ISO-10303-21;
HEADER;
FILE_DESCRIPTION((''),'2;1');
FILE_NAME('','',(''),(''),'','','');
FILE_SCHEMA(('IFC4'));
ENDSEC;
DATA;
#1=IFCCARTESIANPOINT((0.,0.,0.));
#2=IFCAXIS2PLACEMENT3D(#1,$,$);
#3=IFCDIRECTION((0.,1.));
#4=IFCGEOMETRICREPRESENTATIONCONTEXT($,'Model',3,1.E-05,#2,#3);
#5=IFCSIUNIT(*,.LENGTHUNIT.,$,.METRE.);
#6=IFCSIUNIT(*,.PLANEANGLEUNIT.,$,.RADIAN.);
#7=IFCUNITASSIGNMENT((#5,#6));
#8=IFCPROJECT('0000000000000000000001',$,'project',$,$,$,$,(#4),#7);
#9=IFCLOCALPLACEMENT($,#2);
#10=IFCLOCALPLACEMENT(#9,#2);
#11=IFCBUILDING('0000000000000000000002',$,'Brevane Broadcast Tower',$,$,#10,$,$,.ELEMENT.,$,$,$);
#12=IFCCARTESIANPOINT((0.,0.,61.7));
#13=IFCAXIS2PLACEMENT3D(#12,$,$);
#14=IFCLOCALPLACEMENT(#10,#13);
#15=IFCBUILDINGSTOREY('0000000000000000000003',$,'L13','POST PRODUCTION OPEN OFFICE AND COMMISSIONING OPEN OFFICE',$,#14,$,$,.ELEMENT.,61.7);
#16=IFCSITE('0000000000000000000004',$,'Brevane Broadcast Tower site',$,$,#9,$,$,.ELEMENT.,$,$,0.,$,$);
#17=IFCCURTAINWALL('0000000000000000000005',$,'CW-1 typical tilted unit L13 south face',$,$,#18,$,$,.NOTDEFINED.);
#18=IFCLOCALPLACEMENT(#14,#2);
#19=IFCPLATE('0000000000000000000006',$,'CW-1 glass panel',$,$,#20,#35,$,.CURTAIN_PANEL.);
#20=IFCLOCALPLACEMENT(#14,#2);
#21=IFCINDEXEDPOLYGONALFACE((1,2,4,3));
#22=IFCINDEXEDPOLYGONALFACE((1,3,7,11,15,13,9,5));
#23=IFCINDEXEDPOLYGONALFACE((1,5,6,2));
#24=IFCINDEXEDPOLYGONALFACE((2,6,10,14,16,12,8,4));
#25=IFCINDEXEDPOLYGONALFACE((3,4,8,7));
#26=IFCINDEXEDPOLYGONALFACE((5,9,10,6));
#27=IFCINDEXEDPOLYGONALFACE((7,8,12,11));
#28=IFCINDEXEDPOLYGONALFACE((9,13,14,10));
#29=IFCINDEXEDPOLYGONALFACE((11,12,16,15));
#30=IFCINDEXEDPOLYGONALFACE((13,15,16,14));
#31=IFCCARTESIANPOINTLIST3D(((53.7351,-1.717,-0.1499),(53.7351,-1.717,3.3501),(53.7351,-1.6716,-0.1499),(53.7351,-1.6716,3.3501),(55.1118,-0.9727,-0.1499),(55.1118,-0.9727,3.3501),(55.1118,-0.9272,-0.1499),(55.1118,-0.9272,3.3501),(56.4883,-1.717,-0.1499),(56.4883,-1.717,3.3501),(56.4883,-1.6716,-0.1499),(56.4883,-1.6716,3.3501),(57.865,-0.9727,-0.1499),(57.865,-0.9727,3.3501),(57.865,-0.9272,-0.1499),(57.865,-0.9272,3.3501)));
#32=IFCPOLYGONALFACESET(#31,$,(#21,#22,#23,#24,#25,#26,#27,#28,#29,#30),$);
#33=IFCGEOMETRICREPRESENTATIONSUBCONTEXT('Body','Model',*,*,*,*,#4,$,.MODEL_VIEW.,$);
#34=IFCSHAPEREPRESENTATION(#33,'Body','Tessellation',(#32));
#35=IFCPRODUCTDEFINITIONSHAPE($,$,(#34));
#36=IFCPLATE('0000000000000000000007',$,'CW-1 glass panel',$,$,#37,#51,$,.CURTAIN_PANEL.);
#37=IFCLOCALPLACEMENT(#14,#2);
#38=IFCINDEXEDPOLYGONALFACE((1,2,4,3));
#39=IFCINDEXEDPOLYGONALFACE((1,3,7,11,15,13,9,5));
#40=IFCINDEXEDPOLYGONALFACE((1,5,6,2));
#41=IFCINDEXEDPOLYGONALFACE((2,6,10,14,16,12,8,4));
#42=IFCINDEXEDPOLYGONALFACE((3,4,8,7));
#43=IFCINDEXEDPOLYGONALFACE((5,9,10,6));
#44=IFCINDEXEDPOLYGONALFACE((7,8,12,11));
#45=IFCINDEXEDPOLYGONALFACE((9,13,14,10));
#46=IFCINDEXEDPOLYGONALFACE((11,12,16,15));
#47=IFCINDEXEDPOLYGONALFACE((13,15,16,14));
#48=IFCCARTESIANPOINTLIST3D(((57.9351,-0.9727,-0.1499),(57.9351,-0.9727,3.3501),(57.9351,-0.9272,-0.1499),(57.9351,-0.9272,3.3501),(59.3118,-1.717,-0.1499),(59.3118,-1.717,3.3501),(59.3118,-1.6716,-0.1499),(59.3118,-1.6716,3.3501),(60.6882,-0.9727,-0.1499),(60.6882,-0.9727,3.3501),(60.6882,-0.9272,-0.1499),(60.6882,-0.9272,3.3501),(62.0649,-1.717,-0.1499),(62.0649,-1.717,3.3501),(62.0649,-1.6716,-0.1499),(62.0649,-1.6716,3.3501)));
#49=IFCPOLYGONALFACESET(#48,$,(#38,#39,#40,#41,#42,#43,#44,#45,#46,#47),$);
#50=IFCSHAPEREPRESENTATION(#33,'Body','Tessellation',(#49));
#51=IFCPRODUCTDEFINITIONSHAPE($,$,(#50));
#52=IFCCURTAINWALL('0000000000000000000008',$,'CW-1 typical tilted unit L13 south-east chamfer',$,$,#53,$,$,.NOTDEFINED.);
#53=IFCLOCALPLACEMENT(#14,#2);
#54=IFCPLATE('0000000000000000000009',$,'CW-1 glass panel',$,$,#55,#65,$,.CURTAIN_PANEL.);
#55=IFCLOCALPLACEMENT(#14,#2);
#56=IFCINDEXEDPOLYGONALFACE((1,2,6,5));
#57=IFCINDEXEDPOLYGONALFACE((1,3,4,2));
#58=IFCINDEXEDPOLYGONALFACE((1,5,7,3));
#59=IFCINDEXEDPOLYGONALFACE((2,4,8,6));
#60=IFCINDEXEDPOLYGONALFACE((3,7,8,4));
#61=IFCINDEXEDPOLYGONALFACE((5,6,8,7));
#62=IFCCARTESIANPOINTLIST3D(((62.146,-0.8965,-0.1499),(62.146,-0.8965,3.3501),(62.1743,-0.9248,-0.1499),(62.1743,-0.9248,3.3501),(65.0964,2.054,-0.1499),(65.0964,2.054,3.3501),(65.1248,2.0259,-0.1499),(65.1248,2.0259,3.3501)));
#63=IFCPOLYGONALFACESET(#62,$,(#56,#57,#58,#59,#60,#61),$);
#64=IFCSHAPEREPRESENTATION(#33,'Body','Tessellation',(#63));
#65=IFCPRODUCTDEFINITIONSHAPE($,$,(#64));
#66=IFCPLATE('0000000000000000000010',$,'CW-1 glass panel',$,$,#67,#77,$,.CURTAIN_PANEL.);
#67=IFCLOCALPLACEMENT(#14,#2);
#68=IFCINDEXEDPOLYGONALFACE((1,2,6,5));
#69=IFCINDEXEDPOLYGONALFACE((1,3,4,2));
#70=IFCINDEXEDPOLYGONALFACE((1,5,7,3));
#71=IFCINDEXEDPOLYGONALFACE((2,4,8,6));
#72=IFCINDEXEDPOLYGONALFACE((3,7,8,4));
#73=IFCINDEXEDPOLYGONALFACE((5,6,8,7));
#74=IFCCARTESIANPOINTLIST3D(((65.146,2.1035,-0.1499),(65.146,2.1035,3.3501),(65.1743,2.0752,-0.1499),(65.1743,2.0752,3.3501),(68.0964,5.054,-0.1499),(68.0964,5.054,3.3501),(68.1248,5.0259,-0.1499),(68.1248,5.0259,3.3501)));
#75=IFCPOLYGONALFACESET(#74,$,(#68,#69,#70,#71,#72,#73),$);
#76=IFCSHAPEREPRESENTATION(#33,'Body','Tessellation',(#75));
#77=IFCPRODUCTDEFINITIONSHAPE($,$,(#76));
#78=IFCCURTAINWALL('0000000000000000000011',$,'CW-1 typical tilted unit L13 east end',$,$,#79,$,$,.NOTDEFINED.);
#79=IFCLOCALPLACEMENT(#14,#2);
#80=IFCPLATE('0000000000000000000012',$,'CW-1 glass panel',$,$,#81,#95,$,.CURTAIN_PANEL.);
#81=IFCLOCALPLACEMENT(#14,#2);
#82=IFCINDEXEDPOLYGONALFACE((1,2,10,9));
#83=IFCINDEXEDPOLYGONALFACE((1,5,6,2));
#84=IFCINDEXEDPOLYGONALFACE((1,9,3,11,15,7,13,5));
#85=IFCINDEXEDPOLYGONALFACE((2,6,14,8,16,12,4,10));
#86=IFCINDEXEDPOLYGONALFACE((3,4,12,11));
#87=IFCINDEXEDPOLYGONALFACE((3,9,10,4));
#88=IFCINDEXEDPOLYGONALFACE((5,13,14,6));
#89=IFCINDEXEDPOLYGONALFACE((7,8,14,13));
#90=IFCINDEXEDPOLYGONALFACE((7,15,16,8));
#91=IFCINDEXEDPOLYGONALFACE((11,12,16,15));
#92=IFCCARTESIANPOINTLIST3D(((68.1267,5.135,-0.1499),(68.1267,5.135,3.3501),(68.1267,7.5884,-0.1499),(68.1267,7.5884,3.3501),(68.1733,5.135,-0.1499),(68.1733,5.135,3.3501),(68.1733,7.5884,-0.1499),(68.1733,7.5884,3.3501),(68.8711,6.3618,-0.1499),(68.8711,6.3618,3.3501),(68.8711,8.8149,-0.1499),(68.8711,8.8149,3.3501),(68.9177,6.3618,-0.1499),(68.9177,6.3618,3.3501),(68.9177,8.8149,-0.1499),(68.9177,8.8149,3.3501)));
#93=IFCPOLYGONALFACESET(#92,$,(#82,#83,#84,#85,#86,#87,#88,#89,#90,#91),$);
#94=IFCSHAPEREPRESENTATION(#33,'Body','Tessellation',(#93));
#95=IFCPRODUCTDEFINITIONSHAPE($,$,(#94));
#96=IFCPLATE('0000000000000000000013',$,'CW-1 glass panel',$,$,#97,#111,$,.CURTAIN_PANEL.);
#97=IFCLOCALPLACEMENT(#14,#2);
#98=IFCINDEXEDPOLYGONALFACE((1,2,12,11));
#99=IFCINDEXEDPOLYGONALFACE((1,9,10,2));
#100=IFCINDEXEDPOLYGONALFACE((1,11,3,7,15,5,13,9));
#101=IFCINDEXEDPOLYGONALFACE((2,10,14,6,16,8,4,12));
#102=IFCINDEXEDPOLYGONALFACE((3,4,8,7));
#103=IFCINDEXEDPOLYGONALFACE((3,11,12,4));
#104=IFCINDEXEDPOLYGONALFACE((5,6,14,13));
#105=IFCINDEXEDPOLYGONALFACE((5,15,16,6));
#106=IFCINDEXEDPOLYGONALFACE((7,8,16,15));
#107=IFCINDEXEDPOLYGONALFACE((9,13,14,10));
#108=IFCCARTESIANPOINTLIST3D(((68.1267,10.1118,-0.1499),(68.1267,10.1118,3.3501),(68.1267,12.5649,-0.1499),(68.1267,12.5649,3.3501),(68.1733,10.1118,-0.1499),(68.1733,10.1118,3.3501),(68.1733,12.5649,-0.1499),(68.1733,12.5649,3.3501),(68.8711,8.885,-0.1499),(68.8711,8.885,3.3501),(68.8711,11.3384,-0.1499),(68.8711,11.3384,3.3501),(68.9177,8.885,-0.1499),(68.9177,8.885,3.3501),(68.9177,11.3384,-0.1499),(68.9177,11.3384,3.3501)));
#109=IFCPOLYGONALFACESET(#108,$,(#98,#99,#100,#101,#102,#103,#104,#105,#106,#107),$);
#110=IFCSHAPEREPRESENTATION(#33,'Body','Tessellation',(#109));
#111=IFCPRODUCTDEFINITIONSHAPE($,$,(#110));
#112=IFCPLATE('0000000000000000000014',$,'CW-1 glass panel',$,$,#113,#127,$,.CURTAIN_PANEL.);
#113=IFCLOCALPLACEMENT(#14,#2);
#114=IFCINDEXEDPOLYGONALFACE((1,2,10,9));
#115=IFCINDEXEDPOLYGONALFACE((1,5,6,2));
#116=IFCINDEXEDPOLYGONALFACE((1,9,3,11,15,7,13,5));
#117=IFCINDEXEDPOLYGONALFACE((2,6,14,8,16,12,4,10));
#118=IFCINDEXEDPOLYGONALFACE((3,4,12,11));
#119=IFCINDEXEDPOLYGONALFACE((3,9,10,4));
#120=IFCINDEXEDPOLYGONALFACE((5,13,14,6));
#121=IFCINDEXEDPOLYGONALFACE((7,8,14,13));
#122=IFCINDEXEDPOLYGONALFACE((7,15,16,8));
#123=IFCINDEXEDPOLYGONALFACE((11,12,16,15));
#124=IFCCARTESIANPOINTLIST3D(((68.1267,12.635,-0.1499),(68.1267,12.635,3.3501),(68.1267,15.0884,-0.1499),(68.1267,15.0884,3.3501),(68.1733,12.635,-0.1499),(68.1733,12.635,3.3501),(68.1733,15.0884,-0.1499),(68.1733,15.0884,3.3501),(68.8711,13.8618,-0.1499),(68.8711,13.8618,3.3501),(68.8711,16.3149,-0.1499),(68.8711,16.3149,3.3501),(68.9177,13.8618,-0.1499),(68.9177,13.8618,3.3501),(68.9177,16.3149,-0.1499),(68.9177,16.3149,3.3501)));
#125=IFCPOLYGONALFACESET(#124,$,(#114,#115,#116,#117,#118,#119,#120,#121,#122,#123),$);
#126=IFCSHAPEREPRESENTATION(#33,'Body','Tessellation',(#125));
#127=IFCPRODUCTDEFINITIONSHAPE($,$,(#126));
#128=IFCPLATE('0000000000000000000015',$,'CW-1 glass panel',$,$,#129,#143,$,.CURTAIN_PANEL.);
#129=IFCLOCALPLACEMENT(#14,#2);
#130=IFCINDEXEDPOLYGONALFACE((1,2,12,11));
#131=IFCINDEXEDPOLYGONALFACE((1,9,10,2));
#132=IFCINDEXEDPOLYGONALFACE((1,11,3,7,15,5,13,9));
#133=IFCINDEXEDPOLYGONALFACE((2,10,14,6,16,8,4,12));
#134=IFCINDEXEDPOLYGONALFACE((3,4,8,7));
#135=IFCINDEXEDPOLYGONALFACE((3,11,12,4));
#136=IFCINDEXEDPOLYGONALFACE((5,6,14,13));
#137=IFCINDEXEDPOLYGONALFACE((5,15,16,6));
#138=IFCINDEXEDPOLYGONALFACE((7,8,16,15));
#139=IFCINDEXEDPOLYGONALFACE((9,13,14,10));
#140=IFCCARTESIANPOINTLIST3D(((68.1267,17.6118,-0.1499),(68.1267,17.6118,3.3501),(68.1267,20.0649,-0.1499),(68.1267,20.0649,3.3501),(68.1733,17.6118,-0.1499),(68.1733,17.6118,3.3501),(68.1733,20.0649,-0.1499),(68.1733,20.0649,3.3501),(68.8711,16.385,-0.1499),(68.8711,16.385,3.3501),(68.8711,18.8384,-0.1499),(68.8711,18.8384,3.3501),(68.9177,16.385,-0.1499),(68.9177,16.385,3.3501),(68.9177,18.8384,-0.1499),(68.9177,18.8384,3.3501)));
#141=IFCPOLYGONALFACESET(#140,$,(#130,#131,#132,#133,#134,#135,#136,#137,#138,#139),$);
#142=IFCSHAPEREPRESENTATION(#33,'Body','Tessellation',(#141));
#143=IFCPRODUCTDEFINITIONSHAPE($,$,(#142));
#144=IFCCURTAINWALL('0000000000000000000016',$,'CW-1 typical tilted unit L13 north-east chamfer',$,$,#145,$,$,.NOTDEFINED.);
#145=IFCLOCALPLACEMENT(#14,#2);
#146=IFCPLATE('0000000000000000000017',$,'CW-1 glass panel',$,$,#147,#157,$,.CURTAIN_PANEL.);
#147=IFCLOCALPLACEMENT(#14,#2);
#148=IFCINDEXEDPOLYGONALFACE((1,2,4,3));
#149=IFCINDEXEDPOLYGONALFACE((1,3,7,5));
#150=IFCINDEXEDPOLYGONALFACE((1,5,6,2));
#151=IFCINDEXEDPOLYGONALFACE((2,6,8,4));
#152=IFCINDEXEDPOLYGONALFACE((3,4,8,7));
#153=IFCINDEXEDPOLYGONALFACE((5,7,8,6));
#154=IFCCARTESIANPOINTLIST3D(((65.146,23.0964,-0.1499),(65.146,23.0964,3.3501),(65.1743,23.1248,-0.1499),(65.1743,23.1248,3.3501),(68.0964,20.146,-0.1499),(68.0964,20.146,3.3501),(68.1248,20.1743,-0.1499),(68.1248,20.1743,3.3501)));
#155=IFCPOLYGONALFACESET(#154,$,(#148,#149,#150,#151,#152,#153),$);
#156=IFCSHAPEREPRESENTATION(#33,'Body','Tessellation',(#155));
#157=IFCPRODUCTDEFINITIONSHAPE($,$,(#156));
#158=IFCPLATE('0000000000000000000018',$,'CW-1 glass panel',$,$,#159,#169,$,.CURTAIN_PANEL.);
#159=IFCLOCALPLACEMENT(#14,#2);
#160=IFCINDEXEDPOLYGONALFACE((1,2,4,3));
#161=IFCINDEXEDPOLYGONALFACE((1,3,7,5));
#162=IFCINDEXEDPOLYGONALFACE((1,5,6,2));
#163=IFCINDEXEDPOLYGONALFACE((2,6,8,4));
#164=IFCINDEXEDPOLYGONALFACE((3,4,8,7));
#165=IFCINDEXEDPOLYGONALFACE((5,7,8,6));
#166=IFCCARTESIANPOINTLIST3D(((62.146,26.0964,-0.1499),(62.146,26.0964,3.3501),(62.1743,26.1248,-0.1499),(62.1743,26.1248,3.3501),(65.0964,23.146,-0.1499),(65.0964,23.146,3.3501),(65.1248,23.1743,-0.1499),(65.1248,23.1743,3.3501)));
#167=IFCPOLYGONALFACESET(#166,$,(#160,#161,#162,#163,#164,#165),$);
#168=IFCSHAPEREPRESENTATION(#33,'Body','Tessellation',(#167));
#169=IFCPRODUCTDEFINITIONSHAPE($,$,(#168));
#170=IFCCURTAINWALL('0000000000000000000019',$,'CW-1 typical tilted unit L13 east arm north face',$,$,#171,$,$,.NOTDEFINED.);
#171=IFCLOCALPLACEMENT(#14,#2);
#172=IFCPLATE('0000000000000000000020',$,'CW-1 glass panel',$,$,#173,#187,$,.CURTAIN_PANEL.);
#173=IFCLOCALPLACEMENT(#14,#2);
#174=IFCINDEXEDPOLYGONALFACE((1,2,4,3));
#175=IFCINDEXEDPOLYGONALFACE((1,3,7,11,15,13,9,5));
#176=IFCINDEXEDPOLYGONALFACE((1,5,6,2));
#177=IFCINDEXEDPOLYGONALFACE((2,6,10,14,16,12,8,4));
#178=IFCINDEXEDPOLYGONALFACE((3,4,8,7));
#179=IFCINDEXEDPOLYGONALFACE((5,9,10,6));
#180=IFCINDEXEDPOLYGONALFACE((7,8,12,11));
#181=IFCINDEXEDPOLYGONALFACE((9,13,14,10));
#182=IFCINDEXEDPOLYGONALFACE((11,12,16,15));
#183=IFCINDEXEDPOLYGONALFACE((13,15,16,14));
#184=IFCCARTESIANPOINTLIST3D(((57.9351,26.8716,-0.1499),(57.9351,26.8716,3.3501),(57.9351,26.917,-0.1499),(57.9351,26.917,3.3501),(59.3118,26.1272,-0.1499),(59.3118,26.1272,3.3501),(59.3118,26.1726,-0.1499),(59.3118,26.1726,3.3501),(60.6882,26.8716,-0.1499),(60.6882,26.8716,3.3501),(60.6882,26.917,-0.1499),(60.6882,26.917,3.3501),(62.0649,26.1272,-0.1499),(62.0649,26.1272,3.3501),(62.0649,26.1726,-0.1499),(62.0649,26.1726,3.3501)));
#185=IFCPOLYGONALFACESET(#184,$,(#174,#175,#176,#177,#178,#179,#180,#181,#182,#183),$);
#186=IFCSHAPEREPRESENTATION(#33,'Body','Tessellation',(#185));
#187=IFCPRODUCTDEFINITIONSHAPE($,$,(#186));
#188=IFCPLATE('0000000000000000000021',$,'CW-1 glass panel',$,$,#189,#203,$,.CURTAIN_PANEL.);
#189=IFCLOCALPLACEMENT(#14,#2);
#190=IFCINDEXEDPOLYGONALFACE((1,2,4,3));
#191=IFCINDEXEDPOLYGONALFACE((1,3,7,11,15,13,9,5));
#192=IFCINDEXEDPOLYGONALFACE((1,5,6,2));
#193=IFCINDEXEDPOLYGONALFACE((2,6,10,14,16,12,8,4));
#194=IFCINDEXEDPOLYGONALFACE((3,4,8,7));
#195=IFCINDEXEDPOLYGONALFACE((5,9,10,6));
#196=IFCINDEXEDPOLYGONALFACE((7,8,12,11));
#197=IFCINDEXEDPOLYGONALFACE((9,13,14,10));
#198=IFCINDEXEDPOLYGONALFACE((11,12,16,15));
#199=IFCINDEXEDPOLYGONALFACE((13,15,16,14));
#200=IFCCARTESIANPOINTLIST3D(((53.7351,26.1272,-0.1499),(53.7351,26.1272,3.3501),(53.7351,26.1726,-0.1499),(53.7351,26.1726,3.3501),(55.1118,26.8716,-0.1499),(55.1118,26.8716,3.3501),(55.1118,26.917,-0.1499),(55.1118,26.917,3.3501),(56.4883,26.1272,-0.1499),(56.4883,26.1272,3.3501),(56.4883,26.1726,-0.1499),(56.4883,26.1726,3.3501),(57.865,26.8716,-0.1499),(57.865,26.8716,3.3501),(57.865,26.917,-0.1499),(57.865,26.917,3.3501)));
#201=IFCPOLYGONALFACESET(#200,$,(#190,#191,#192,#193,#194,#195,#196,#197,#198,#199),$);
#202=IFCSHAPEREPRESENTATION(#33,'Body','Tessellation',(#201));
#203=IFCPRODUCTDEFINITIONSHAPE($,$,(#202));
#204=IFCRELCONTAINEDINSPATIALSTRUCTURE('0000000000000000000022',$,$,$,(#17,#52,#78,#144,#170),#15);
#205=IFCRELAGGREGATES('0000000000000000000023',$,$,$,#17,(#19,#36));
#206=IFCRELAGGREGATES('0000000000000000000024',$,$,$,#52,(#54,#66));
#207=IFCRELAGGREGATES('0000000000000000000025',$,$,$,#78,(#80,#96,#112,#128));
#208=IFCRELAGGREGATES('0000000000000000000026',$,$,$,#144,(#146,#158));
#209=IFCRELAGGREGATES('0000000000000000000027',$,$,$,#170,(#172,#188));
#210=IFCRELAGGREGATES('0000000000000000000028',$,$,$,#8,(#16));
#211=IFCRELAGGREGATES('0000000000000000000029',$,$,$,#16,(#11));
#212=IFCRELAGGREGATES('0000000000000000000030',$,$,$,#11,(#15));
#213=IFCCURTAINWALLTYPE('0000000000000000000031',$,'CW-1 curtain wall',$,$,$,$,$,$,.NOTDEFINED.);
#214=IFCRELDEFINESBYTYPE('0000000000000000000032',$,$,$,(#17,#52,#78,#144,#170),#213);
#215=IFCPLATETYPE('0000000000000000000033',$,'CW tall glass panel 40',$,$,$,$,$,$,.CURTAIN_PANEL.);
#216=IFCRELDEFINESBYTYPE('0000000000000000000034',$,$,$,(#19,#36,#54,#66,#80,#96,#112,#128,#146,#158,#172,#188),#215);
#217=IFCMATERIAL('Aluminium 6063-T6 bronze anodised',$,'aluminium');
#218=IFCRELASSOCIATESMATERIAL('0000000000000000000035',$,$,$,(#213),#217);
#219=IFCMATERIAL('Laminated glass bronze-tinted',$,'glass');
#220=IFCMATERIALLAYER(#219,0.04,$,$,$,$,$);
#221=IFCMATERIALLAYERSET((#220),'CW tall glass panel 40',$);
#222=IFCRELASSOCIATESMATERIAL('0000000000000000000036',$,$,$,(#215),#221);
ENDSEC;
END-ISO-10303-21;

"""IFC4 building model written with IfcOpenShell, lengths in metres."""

from ifc_helpers import new_model, si_unit, direction, frame, origin, place, context, subcontext, project, spatial, polyline, outline, extrude, material, layer, layer_set, type_object, element, aggregate, save


model = new_model("IFC4")

# Units and contexts
model_context = context("Model", 3, precision=1e-05, world=origin(), true_north=direction((0.0, 1.0)))
body_context = subcontext(model_context, "Body", "Model", "MODEL_VIEW")
ifc_project = project(units=[si_unit("LENGTHUNIT", "METRE"), si_unit("PLANEANGLEUNIT", "RADIAN")], contexts=[model_context])

# Site, building, storey
site_placement = place(None, origin())
site = spatial("IfcSite", under=ifc_project, at=site_placement, Name="Brevane Broadcast Tower site", CompositionType="ELEMENT", RefElevation=0.0)
building_placement = place(site_placement, origin())
building = spatial("IfcBuilding", under=site, at=building_placement, Name="Brevane Broadcast Tower", CompositionType="ELEMENT")
storey_placement = place(building_placement, frame((0.0, 0.0, 61.7)))
storey = spatial("IfcBuildingStorey", under=building, at=storey_placement, Name="L13", Description="POST PRODUCTION OPEN OFFICE AND COMMISSIONING OPEN OFFICE", CompositionType="ELEMENT", Elevation=61.7)

# Curtain walls, plates
ifc_material_1 = material(Name="Aluminium 6063-T6 bronze anodised", Category="aluminium")
curtain_wall_type = type_object("IfcCurtainWallType", Name="CW-1 curtain wall", PredefinedType="NOTDEFINED", material=ifc_material_1)
curtain_wall_1_placement = place(storey_placement, origin())
curtain_wall_1 = element("IfcCurtainWall", 1, at=curtain_wall_1_placement, inside=storey, type_object=curtain_wall_type, Name="CW-1 typical tilted unit L13 south face", PredefinedType="NOTDEFINED")
ifc_material_2 = material(Name="Laminated glass bronze-tinted", Category="glass")
ifc_layer = layer(ifc_material_2, 0.04)
ifc_layer_set = layer_set([ifc_layer], Name="CW tall glass panel 40")
plate_type = type_object("IfcPlateType", Name="CW tall glass panel 40", PredefinedType="CURTAIN_PANEL", material=ifc_layer_set)
plate_1_placement = place(storey_placement, frame((0.0, 0.0, -0.1499)))
plate_1 = element("IfcPlate", 2, at=plate_1_placement, type_object=plate_type, Name="CW-1 glass panel", PredefinedType="CURTAIN_PANEL", context=body_context, shape_type="SweptSolid", body=[
    extrude(outline(polyline([(53.7351, -1.6716), (53.7351, -1.717), (55.1118, -0.9727), (56.4883, -1.717), (57.865, -0.9727), (57.865, -0.9272), (56.4883, -1.6716), (55.1118, -0.9272), (53.7351, -1.6716)])), origin(), (0.0, 0.0, 1.0), 3.5),
])
plate_2_placement = place(storey_placement, frame((0.0, 0.0, -0.1499)))
plate_2 = element("IfcPlate", 3, at=plate_2_placement, type_object=plate_type, Name="CW-1 glass panel", PredefinedType="CURTAIN_PANEL", context=body_context, shape_type="SweptSolid", body=[
    extrude(outline(polyline([(57.9351, -0.9272), (57.9351, -0.9727), (59.3118, -1.717), (60.6882, -0.9727), (62.0649, -1.717), (62.0649, -1.6716), (60.6882, -0.9272), (59.3118, -1.6716), (57.9351, -0.9272)])), origin(), (0.0, 0.0, 1.0), 3.5),
])
aggregate(curtain_wall_1, [plate_1, plate_2])
curtain_wall_2_placement = place(storey_placement, origin())
curtain_wall_2 = element("IfcCurtainWall", 4, at=curtain_wall_2_placement, inside=storey, type_object=curtain_wall_type, Name="CW-1 typical tilted unit L13 south-east chamfer", PredefinedType="NOTDEFINED")
plate_3_placement = place(storey_placement, frame((0.0, 0.0, -0.1499)))
plate_3 = element("IfcPlate", 5, at=plate_3_placement, type_object=plate_type, Name="CW-1 glass panel", PredefinedType="CURTAIN_PANEL", context=body_context, shape_type="SweptSolid", body=[
    extrude(outline(polyline([(62.146, -0.8965), (65.0964, 2.054), (65.1248, 2.0259), (62.1743, -0.9248), (62.146, -0.8965)])), origin(), (0.0, 0.0, 1.0), 3.5),
])
plate_4_placement = place(storey_placement, frame((0.0, 0.0, -0.1499)))
plate_4 = element("IfcPlate", 6, at=plate_4_placement, type_object=plate_type, Name="CW-1 glass panel", PredefinedType="CURTAIN_PANEL", context=body_context, shape_type="SweptSolid", body=[
    extrude(outline(polyline([(65.146, 2.1035), (68.0964, 5.054), (68.1248, 5.0259), (65.1743, 2.0752), (65.146, 2.1035)])), origin(), (0.0, 0.0, 1.0), 3.5),
])
aggregate(curtain_wall_2, [plate_3, plate_4])
curtain_wall_3_placement = place(storey_placement, origin())
curtain_wall_3 = element("IfcCurtainWall", 7, at=curtain_wall_3_placement, inside=storey, type_object=curtain_wall_type, Name="CW-1 typical tilted unit L13 east end", PredefinedType="NOTDEFINED")
plate_5_placement = place(storey_placement, frame((0.0, 0.0, -0.1499)))
plate_5 = element("IfcPlate", 8, at=plate_5_placement, type_object=plate_type, Name="CW-1 glass panel", PredefinedType="CURTAIN_PANEL", context=body_context, shape_type="SweptSolid", body=[
    extrude(outline(polyline([(68.1267, 5.135), (68.1733, 5.135), (68.9177, 6.3618), (68.1733, 7.5884), (68.9177, 8.8149), (68.8711, 8.8149), (68.1267, 7.5884), (68.8711, 6.3618), (68.1267, 5.135)])), origin(), (0.0, 0.0, 1.0), 3.5),
])
plate_6_placement = place(storey_placement, frame((0.0, 0.0, -0.1499)))
plate_6 = element("IfcPlate", 9, at=plate_6_placement, type_object=plate_type, Name="CW-1 glass panel", PredefinedType="CURTAIN_PANEL", context=body_context, shape_type="SweptSolid", body=[
    extrude(outline(polyline([(68.8711, 8.885), (68.9177, 8.885), (68.1733, 10.1118), (68.9177, 11.3384), (68.1733, 12.5649), (68.1267, 12.5649), (68.8711, 11.3384), (68.1267, 10.1118), (68.8711, 8.885)])), origin(), (0.0, 0.0, 1.0), 3.5),
])
plate_7_placement = place(storey_placement, frame((0.0, 0.0, -0.1499)))
plate_7 = element("IfcPlate", 10, at=plate_7_placement, type_object=plate_type, Name="CW-1 glass panel", PredefinedType="CURTAIN_PANEL", context=body_context, shape_type="SweptSolid", body=[
    extrude(outline(polyline([(68.1267, 12.635), (68.1733, 12.635), (68.9177, 13.8618), (68.1733, 15.0884), (68.9177, 16.3149), (68.8711, 16.3149), (68.1267, 15.0884), (68.8711, 13.8618), (68.1267, 12.635)])), origin(), (0.0, 0.0, 1.0), 3.5),
])
plate_8_placement = place(storey_placement, frame((0.0, 0.0, -0.1499)))
plate_8 = element("IfcPlate", 11, at=plate_8_placement, type_object=plate_type, Name="CW-1 glass panel", PredefinedType="CURTAIN_PANEL", context=body_context, shape_type="SweptSolid", body=[
    extrude(outline(polyline([(68.8711, 16.385), (68.9177, 16.385), (68.1733, 17.6118), (68.9177, 18.8384), (68.1733, 20.0649), (68.1267, 20.0649), (68.8711, 18.8384), (68.1267, 17.6118), (68.8711, 16.385)])), origin(), (0.0, 0.0, 1.0), 3.5),
])
aggregate(curtain_wall_3, [plate_5, plate_6, plate_7, plate_8])
curtain_wall_4_placement = place(storey_placement, origin())
curtain_wall_4 = element("IfcCurtainWall", 12, at=curtain_wall_4_placement, inside=storey, type_object=curtain_wall_type, Name="CW-1 typical tilted unit L13 north-east chamfer", PredefinedType="NOTDEFINED")
plate_9_placement = place(storey_placement, frame((0.0, 0.0, -0.1499)))
plate_9 = element("IfcPlate", 13, at=plate_9_placement, type_object=plate_type, Name="CW-1 glass panel", PredefinedType="CURTAIN_PANEL", context=body_context, shape_type="SweptSolid", body=[
    extrude(outline(polyline([(68.0964, 20.146), (65.146, 23.0964), (65.1743, 23.1248), (68.1248, 20.1743), (68.0964, 20.146)])), origin(), (0.0, 0.0, 1.0), 3.5),
])
plate_10_placement = place(storey_placement, frame((0.0, 0.0, -0.1499)))
plate_10 = element("IfcPlate", 14, at=plate_10_placement, type_object=plate_type, Name="CW-1 glass panel", PredefinedType="CURTAIN_PANEL", context=body_context, shape_type="SweptSolid", body=[
    extrude(outline(polyline([(65.0964, 23.146), (62.146, 26.0964), (62.1743, 26.1248), (65.1248, 23.1743), (65.0964, 23.146)])), origin(), (0.0, 0.0, 1.0), 3.5),
])
aggregate(curtain_wall_4, [plate_9, plate_10])
curtain_wall_5_placement = place(storey_placement, origin())
curtain_wall_5 = element("IfcCurtainWall", 15, at=curtain_wall_5_placement, inside=storey, type_object=curtain_wall_type, Name="CW-1 typical tilted unit L13 east arm north face", PredefinedType="NOTDEFINED")
plate_11_placement = place(storey_placement, frame((0.0, 0.0, -0.1499)))
plate_11 = element("IfcPlate", 16, at=plate_11_placement, type_object=plate_type, Name="CW-1 glass panel", PredefinedType="CURTAIN_PANEL", context=body_context, shape_type="SweptSolid", body=[
    extrude(outline(polyline([(62.0649, 26.1272), (62.0649, 26.1726), (60.6882, 26.917), (59.3118, 26.1726), (57.9351, 26.917), (57.9351, 26.8716), (59.3118, 26.1272), (60.6882, 26.8716), (62.0649, 26.1272)])), origin(), (0.0, 0.0, 1.0), 3.5),
])
plate_12_placement = place(storey_placement, frame((0.0, 0.0, -0.1499)))
plate_12 = element("IfcPlate", 17, at=plate_12_placement, type_object=plate_type, Name="CW-1 glass panel", PredefinedType="CURTAIN_PANEL", context=body_context, shape_type="SweptSolid", body=[
    extrude(outline(polyline([(57.865, 26.8716), (57.865, 26.917), (56.4883, 26.1726), (55.1118, 26.917), (53.7351, 26.1726), (53.7351, 26.1272), (55.1118, 26.8716), (56.4883, 26.1272), (57.865, 26.8716)])), origin(), (0.0, 0.0, 1.0), 3.5),
])
aggregate(curtain_wall_5, [plate_11, plate_12])

save(model, "model.ifc")
